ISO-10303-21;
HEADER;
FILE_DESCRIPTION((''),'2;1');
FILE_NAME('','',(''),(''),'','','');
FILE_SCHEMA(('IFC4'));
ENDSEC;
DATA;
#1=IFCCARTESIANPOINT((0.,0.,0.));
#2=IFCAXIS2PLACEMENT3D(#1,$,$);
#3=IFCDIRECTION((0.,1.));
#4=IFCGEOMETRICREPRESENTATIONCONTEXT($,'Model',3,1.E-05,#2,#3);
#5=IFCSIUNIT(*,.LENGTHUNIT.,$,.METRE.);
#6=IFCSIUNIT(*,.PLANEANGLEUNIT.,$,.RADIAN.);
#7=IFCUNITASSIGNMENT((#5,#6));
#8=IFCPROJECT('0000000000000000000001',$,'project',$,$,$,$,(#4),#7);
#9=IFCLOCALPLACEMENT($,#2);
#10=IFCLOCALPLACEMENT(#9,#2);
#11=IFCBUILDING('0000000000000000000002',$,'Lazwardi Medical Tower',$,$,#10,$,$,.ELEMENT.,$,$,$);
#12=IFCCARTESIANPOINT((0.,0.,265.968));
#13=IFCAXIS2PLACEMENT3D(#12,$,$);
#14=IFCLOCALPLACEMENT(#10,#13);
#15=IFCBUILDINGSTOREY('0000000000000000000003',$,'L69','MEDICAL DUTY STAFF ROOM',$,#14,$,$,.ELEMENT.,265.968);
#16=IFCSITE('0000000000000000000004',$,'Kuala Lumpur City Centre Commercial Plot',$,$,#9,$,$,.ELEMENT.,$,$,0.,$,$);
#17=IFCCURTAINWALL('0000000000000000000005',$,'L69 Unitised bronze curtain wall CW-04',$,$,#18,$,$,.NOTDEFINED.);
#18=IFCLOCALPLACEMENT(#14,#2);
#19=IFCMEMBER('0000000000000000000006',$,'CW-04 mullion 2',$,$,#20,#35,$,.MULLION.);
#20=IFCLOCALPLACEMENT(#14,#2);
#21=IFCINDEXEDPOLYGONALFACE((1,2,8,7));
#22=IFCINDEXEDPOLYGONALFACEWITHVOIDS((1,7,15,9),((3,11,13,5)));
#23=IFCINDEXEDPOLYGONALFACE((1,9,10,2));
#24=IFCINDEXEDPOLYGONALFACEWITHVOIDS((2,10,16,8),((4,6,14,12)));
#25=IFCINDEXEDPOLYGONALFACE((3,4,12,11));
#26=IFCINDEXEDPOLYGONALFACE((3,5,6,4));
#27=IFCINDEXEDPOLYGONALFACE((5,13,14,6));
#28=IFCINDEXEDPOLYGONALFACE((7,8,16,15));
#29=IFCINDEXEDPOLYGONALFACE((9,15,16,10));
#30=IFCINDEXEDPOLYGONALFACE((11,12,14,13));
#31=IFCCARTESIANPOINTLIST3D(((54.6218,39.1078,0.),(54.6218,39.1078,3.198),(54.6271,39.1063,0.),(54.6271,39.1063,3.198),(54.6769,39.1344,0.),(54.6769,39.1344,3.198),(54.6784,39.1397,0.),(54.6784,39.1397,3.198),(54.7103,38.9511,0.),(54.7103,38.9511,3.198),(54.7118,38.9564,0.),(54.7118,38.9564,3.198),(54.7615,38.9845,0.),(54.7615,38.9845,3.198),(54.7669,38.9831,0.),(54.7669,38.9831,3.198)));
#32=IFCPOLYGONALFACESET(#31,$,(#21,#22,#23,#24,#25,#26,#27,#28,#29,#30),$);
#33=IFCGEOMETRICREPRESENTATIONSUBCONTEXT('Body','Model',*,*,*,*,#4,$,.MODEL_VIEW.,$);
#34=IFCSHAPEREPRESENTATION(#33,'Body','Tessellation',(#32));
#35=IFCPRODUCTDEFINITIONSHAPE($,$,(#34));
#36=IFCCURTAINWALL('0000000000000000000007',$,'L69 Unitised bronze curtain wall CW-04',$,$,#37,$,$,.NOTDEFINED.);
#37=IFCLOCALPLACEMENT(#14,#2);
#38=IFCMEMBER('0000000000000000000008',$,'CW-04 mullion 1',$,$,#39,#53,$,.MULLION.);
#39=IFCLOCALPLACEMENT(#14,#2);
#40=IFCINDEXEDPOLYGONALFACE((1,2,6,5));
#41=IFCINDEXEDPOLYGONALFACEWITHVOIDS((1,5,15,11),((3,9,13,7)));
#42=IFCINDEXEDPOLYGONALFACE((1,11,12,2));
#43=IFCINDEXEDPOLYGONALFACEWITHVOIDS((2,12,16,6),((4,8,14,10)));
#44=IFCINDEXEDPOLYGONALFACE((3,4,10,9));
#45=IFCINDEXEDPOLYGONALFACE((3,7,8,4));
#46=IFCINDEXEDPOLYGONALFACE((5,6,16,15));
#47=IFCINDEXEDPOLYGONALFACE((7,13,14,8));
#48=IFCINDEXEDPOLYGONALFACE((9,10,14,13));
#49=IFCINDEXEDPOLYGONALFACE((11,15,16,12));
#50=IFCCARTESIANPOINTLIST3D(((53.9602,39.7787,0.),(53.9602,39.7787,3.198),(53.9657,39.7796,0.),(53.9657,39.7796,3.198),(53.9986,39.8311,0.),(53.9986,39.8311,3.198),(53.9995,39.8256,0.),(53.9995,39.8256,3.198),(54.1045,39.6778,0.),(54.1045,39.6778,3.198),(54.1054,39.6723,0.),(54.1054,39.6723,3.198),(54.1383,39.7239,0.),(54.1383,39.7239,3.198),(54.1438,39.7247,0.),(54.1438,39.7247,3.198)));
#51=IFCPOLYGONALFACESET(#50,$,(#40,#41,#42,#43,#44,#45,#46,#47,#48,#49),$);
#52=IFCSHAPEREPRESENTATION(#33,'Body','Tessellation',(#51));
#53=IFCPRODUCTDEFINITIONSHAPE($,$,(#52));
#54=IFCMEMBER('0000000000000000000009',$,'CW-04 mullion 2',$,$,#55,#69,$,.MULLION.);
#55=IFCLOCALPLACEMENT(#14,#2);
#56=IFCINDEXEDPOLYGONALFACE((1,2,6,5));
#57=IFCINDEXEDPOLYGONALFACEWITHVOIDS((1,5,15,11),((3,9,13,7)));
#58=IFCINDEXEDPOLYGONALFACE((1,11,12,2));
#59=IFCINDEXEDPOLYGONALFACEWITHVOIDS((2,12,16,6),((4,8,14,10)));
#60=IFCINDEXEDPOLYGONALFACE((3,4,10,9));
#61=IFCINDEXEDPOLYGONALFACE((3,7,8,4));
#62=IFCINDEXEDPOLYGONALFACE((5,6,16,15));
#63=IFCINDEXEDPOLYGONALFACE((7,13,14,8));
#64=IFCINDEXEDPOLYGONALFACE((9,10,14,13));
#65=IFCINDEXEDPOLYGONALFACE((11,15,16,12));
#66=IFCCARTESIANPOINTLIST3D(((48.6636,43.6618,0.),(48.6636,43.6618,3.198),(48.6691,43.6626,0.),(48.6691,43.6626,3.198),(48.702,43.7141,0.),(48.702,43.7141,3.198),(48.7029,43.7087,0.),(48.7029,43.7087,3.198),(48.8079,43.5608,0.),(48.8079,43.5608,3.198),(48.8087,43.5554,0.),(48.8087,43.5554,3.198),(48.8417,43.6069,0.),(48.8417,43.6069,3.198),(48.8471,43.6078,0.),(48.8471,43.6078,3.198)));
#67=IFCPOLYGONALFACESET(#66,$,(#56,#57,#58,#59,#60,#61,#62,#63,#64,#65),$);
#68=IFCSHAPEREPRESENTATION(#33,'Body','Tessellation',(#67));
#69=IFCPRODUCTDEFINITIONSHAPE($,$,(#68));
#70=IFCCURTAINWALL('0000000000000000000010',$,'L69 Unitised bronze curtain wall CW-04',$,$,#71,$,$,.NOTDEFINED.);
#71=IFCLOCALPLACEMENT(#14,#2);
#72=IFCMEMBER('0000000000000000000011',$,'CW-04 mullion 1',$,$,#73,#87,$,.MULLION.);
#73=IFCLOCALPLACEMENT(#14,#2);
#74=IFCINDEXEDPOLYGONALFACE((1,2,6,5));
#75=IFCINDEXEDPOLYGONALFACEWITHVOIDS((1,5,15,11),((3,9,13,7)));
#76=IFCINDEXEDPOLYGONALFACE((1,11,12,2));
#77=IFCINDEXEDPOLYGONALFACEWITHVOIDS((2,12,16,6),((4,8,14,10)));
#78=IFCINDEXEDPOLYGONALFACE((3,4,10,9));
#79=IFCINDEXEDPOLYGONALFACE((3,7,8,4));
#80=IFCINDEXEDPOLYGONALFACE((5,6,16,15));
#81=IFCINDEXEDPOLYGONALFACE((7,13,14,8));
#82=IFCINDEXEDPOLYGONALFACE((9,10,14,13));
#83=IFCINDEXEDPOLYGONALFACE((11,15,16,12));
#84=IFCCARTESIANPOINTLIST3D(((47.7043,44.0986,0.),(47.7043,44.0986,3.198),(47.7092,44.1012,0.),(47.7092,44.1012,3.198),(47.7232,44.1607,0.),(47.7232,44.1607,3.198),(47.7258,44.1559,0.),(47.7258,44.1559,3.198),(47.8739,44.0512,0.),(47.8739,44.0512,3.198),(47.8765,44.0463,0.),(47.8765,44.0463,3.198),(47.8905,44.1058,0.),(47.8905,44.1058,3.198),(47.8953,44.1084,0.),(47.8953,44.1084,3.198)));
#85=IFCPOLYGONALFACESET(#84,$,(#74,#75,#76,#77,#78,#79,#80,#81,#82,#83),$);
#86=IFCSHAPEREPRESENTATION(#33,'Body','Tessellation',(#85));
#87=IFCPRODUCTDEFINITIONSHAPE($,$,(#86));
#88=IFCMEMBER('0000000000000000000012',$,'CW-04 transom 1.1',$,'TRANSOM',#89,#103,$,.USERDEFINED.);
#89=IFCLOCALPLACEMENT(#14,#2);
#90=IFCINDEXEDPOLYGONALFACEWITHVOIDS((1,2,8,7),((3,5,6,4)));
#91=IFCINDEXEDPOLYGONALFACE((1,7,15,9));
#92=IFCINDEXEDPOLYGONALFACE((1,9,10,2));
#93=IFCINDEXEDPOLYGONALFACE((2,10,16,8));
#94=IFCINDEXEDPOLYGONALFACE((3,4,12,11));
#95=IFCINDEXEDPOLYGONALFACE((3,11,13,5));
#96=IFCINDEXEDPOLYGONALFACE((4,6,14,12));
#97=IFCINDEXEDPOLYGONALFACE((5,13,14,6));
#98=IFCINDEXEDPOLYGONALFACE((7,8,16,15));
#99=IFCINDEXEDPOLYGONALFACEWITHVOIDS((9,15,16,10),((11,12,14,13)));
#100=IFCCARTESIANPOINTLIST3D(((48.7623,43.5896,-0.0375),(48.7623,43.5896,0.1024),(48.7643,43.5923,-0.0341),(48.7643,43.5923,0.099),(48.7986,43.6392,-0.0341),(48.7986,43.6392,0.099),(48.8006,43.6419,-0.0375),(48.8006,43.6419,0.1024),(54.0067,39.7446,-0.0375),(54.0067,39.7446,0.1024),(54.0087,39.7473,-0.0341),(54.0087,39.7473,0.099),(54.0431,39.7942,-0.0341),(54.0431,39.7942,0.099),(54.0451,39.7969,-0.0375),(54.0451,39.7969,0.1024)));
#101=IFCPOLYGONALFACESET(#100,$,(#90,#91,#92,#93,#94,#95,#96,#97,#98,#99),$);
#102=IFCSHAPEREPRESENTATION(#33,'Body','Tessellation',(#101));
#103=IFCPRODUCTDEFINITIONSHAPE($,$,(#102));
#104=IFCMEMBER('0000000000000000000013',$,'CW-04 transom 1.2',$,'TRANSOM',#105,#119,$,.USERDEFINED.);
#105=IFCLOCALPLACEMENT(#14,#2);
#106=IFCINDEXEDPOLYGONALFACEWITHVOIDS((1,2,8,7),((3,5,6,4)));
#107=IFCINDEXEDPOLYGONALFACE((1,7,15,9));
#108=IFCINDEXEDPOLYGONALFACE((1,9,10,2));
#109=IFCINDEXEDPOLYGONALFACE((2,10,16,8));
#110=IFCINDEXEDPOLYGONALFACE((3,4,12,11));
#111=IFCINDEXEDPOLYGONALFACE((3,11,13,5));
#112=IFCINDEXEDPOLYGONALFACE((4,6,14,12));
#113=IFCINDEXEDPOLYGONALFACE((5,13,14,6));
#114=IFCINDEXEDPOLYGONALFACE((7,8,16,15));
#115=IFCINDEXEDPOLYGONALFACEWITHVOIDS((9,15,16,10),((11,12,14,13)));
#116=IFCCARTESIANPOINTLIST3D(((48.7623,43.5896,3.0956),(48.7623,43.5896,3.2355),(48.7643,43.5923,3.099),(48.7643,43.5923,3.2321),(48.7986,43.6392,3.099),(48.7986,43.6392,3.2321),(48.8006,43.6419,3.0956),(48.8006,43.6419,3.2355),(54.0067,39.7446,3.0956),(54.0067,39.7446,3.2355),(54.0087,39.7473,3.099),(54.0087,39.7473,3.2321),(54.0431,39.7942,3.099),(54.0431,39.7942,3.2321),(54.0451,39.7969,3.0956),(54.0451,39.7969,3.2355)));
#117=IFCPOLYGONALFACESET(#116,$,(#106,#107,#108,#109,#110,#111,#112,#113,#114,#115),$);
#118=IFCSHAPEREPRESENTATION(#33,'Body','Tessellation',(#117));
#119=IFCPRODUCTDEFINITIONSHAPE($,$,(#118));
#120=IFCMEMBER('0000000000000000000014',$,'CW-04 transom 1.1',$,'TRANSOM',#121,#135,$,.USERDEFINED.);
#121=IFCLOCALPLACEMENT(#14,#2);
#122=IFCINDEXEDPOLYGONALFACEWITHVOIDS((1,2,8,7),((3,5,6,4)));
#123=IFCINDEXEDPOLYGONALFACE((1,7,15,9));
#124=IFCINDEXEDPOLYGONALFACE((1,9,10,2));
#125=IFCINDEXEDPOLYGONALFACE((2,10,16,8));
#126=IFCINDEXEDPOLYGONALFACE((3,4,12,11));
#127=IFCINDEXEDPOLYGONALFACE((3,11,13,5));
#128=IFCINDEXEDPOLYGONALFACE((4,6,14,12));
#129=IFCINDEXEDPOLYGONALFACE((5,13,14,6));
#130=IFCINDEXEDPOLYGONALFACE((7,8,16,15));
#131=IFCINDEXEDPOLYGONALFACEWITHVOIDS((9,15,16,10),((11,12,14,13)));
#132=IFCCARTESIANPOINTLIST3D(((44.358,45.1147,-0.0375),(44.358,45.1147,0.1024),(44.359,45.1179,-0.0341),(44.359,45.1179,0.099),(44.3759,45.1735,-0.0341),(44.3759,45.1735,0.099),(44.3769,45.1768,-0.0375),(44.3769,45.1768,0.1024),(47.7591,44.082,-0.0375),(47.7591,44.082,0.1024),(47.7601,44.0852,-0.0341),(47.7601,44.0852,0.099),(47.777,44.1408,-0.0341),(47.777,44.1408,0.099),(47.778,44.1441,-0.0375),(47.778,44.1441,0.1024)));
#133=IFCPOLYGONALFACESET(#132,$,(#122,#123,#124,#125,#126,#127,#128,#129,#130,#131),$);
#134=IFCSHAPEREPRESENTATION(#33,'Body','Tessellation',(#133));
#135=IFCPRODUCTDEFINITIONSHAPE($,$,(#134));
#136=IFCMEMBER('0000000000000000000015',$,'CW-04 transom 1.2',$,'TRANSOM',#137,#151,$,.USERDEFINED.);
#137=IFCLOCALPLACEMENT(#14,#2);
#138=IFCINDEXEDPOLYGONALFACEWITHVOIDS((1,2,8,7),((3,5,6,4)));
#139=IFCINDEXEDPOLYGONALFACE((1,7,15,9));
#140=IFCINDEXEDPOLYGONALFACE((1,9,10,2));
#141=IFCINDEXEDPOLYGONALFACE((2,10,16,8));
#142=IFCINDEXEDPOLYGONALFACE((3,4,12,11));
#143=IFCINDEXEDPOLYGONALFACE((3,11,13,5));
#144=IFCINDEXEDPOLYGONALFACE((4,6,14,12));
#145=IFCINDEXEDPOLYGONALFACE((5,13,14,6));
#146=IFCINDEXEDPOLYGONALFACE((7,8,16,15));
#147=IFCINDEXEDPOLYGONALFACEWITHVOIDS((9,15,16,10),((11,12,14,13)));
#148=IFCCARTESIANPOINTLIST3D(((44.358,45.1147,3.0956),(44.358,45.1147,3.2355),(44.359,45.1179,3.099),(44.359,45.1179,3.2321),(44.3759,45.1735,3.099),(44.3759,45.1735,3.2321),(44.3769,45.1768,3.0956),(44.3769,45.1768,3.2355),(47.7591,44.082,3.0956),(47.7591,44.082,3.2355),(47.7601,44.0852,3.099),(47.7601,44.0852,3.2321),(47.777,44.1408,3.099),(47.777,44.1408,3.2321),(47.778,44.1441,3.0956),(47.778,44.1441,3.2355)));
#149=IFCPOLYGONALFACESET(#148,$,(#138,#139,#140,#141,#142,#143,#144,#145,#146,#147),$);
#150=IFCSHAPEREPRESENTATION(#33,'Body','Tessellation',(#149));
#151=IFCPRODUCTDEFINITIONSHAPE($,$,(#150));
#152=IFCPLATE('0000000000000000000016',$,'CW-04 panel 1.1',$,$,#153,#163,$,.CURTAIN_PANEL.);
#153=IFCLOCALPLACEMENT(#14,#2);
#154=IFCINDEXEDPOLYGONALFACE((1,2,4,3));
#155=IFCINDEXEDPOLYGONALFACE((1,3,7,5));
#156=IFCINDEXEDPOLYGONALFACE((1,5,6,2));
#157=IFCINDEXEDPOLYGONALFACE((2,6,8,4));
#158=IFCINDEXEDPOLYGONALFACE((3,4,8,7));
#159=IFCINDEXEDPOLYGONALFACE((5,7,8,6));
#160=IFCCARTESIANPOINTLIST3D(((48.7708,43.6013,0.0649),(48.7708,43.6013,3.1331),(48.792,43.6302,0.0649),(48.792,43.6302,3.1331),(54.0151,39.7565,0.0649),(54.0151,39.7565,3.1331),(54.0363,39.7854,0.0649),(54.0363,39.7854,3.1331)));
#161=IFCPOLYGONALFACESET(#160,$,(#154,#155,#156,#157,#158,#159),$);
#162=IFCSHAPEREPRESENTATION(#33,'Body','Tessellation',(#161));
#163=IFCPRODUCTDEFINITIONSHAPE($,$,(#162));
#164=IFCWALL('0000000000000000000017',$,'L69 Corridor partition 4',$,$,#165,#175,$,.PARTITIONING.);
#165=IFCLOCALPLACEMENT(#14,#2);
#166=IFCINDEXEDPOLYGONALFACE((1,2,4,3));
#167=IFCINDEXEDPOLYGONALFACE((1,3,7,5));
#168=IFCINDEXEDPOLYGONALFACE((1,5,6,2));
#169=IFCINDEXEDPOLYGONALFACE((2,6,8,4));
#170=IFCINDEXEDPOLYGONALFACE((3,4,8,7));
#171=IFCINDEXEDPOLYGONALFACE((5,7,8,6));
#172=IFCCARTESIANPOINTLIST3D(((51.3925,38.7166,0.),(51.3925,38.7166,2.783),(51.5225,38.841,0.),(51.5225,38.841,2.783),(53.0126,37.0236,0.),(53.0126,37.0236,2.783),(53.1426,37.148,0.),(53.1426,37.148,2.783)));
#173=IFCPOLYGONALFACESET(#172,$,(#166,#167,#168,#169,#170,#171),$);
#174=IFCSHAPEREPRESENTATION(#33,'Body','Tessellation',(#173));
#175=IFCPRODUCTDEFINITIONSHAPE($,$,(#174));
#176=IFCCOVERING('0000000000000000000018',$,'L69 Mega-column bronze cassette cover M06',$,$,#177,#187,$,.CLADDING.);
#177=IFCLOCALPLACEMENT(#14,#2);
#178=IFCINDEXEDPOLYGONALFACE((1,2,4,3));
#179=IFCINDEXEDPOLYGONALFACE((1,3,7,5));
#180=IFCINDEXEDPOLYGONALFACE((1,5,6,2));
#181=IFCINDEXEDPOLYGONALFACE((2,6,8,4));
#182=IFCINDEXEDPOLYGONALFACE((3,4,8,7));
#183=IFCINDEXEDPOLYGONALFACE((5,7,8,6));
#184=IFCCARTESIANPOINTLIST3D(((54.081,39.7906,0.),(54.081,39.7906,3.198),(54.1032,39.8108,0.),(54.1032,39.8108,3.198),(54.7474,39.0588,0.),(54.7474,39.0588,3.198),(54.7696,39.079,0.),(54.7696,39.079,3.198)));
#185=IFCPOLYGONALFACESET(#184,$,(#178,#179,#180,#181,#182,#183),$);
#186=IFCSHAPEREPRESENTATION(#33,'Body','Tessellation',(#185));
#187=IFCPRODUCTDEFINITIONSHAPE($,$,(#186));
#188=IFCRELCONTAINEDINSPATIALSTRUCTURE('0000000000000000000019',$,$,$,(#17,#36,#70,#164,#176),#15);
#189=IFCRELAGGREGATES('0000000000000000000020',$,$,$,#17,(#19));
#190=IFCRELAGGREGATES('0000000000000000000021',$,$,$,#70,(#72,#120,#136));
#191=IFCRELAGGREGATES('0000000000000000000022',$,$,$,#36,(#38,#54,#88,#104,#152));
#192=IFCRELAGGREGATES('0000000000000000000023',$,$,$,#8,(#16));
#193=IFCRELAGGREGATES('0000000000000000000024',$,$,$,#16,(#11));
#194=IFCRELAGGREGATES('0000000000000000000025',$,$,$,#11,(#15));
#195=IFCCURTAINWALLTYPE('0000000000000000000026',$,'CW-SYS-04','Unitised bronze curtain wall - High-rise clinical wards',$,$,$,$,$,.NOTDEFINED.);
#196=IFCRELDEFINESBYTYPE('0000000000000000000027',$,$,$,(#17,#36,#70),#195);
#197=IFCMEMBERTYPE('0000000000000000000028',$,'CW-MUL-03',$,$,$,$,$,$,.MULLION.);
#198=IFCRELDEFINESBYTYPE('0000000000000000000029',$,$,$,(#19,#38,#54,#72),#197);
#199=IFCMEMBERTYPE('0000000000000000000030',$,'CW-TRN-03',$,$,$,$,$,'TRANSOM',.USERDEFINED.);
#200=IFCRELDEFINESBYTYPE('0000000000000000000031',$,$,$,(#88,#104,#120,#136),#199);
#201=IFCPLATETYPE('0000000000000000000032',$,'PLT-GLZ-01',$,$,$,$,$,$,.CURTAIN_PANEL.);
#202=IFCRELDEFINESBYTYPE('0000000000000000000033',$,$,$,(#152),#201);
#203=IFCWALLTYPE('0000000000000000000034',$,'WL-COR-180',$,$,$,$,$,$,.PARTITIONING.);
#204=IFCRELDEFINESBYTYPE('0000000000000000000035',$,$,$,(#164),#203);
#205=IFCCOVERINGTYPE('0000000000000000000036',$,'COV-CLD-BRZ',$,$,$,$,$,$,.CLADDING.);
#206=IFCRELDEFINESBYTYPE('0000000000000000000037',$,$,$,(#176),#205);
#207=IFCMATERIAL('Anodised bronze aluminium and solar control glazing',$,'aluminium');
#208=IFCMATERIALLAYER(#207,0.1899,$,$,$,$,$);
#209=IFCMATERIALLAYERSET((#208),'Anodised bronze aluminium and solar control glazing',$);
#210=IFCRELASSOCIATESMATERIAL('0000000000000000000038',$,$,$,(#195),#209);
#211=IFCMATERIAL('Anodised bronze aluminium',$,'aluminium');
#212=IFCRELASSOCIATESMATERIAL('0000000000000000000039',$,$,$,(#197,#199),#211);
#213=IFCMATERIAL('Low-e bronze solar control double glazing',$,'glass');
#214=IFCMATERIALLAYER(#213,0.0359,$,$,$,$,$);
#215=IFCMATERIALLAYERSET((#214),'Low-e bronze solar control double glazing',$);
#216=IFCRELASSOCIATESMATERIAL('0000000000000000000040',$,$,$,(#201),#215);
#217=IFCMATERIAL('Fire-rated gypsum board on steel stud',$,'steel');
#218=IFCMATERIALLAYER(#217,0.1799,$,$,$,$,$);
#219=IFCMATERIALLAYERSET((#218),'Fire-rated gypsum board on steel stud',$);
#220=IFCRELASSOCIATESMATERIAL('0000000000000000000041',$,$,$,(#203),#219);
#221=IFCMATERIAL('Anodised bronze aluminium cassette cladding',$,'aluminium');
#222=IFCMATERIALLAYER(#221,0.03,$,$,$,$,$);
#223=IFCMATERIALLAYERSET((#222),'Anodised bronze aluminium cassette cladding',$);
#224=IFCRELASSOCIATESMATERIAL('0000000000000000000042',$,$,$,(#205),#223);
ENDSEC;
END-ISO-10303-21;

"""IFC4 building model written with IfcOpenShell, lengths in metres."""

from ifc_helpers import new_model, si_unit, direction, frame, frame_2d, origin, origin_2d, place, context, subcontext, project, spatial, rectangle, hollow_rectangle, extrude, material, layer, layer_set, material_profile, profile_set, type_object, element, aggregate, save


model = new_model("IFC4")

# Units and contexts
model_context = context("Model", 3, precision=1e-05, world=origin(), true_north=direction((0.0, 1.0)))
body_context = subcontext(model_context, "Body", "Model", "MODEL_VIEW")
ifc_project = project(units=[si_unit("LENGTHUNIT", "METRE"), si_unit("PLANEANGLEUNIT", "RADIAN")], contexts=[model_context])

# Site, building, storey
site_placement = place(None, origin())
site = spatial("IfcSite", under=ifc_project, at=site_placement, Name="Kuala Lumpur City Centre Commercial Plot", CompositionType="ELEMENT", RefElevation=0.0)
building_placement = place(site_placement, origin())
building = spatial("IfcBuilding", under=site, at=building_placement, Name="Lazwardi Medical Tower", CompositionType="ELEMENT")
storey_placement = place(building_placement, frame((0.0, 0.0, 265.968)))
storey = spatial("IfcBuildingStorey", under=building, at=storey_placement, Name="L69", Description="MEDICAL DUTY STAFF ROOM", CompositionType="ELEMENT", Elevation=265.968)

# Curtain wall, member
ifc_material_1 = material(Name="Anodised bronze aluminium and solar control glazing", Category="aluminium")
ifc_layer_1 = layer(ifc_material_1, 0.1899)
ifc_layer_set_1 = layer_set([ifc_layer_1], Name="Anodised bronze aluminium and solar control glazing")
curtain_wall_type = type_object("IfcCurtainWallType", Name="CW-SYS-04", Description="Unitised bronze curtain wall - High-rise clinical wards", PredefinedType="NOTDEFINED", material=ifc_layer_set_1)
curtain_wall_1_placement = place(storey_placement, origin())
curtain_wall_1 = element("IfcCurtainWall", 1, at=curtain_wall_1_placement, inside=storey, type_object=curtain_wall_type, Name="L69 Unitised bronze curtain wall CW-04", PredefinedType="NOTDEFINED")
ifc_material_2 = material(Name="Anodised bronze aluminium", Category="aluminium")
ifc_material_profile_1 = material_profile(ifc_material_2, hollow_rectangle(XDim=0.0649, YDim=0.1799, WallThickness=0.0039, at=origin_2d()), Name="ALU-MULLION 180x65x4")
ifc_profile_set_1 = profile_set([ifc_material_profile_1], Name="Anodised bronze aluminium")
member_type_1 = type_object("IfcMemberType", Name="CW-MUL-03", PredefinedType="MULLION", material=ifc_profile_set_1)
member_1_placement = place(storey_placement, frame((54.6943, 39.0454, 0.0), z_axis=(0.0, 0.0, 1.0), x_axis=(-0.870651, -0.4919, 0.0)))
member_1 = element("IfcMember", 2, at=member_1_placement, type_object=member_type_1, Name="CW-04 mullion 2", PredefinedType="MULLION", context=body_context, shape_type="SweptSolid", body=[
    extrude(hollow_rectangle(XDim=0.0649, YDim=0.1799, WallThickness=0.0039, at=origin_2d()), origin(), (0.0, 0.0, 1.0), 3.198),
])
aggregate(curtain_wall_1, [member_1])

# Curtain wall, members
curtain_wall_2_placement = place(storey_placement, origin())
curtain_wall_2 = element("IfcCurtainWall", 3, at=curtain_wall_2_placement, inside=storey, type_object=curtain_wall_type, Name="L69 Unitised bronze curtain wall CW-04", PredefinedType="NOTDEFINED")
member_2_placement = place(storey_placement, frame((54.052, 39.7517, 0.0), z_axis=(0.0, 0.0, 1.0), x_axis=(-0.591268, -0.806475, 0.0)))
member_2 = element("IfcMember", 4, at=member_2_placement, type_object=member_type_1, Name="CW-04 mullion 1", PredefinedType="MULLION", context=body_context, shape_type="SweptSolid", body=[
    extrude(hollow_rectangle(XDim=0.0649, YDim=0.1799, WallThickness=0.0039, at=origin_2d()), origin(), (0.0, 0.0, 1.0), 3.198),
])
member_3_placement = place(storey_placement, frame((48.7554, 43.6348, 0.0), z_axis=(0.0, 0.0, 1.0), x_axis=(-0.591268, -0.806475, 0.0)))
member_3 = element("IfcMember", 5, at=member_3_placement, type_object=member_type_1, Name="CW-04 mullion 2", PredefinedType="MULLION", context=body_context, shape_type="SweptSolid", body=[
    extrude(hollow_rectangle(XDim=0.0649, YDim=0.1799, WallThickness=0.0039, at=origin_2d()), origin(), (0.0, 0.0, 1.0), 3.198),
])

# Curtain wall, member
curtain_wall_3_placement = place(storey_placement, origin())
curtain_wall_3 = element("IfcCurtainWall", 6, at=curtain_wall_3_placement, inside=storey, type_object=curtain_wall_type, Name="L69 Unitised bronze curtain wall CW-04", PredefinedType="NOTDEFINED")
member_4_placement = place(storey_placement, frame((47.7998, 44.1035, 0.0), z_axis=(0.0, 0.0, 1.0), x_axis=(-0.290582, -0.95685, 0.0)))
member_4 = element("IfcMember", 7, at=member_4_placement, type_object=member_type_1, Name="CW-04 mullion 1", PredefinedType="MULLION", context=body_context, shape_type="SweptSolid", body=[
    extrude(hollow_rectangle(XDim=0.0649, YDim=0.1799, WallThickness=0.0039, at=origin_2d()), origin(), (0.0, 0.0, 1.0), 3.198),
])

# Members
ifc_material_profile_2 = material_profile(ifc_material_2, hollow_rectangle(XDim=0.0649, YDim=0.1399, WallThickness=0.0034, at=origin_2d()), Name="ALU-TRANSOM 140x65x3.5")
ifc_profile_set_2 = profile_set([ifc_material_profile_2], Name="Anodised bronze aluminium")
member_type_2 = type_object("IfcMemberType", Name="CW-TRN-03", ElementType="TRANSOM", PredefinedType="USERDEFINED", material=ifc_profile_set_2)
member_5_placement = place(storey_placement, frame((54.0259, 39.7708, 0.0325), z_axis=(-0.806472, 0.591273, 0.0), x_axis=(-0.591273, -0.806472, 0.0)))
member_5 = element("IfcMember", 8, at=member_5_placement, type_object=member_type_2, Name="CW-04 transom 1.1", ObjectType="TRANSOM", PredefinedType="USERDEFINED", context=body_context, shape_type="SweptSolid", body=[
    extrude(hollow_rectangle(XDim=0.0649, YDim=0.1399, WallThickness=0.0034, at=origin_2d()), origin(), (0.0, 0.0, 1.0), 6.5029),
])
member_6_placement = place(storey_placement, frame((54.0259, 39.7708, 3.1655), z_axis=(-0.806472, 0.591273, 0.0), x_axis=(-0.591273, -0.806472, 0.0)))
member_6 = element("IfcMember", 9, at=member_6_placement, type_object=member_type_2, Name="CW-04 transom 1.2", ObjectType="TRANSOM", PredefinedType="USERDEFINED", context=body_context, shape_type="SweptSolid", body=[
    extrude(hollow_rectangle(XDim=0.0649, YDim=0.1399, WallThickness=0.0034, at=origin_2d()), origin(), (0.0, 0.0, 1.0), 6.5029),
])
member_7_placement = place(storey_placement, frame((47.7686, 44.113, 0.0325), z_axis=(-0.956863, 0.290541, 0.0), x_axis=(-0.290541, -0.956863, 0.0)))
member_7 = element("IfcMember", 10, at=member_7_placement, type_object=member_type_2, Name="CW-04 transom 1.1", ObjectType="TRANSOM", PredefinedType="USERDEFINED", context=body_context, shape_type="SweptSolid", body=[
    extrude(hollow_rectangle(XDim=0.0649, YDim=0.1399, WallThickness=0.0034, at=origin_2d()), origin(), (0.0, 0.0, 1.0), 3.5544),
])
member_8_placement = place(storey_placement, frame((47.7686, 44.113, 3.1655), z_axis=(-0.956863, 0.290541, 0.0), x_axis=(-0.290541, -0.956863, 0.0)))
member_8 = element("IfcMember", 11, at=member_8_placement, type_object=member_type_2, Name="CW-04 transom 1.2", ObjectType="TRANSOM", PredefinedType="USERDEFINED", context=body_context, shape_type="SweptSolid", body=[
    extrude(hollow_rectangle(XDim=0.0649, YDim=0.1399, WallThickness=0.0034, at=origin_2d()), origin(), (0.0, 0.0, 1.0), 3.5544),
])
aggregate(curtain_wall_3, [member_4, member_7, member_8])

# Plate
ifc_material_3 = material(Name="Low-e bronze solar control double glazing", Category="glass")
ifc_layer_2 = layer(ifc_material_3, 0.0359)
ifc_layer_set_2 = layer_set([ifc_layer_2], Name="Low-e bronze solar control double glazing")
plate_type = type_object("IfcPlateType", Name="PLT-GLZ-01", PredefinedType="CURTAIN_PANEL", material=ifc_layer_set_2)
plate_placement = place(storey_placement, frame((51.4036, 41.6934, 0.0649), z_axis=(0.0, 0.0, 1.0), x_axis=(-0.806475, 0.591268, 0.0)))
plate = element("IfcPlate", 12, at=plate_placement, type_object=plate_type, Name="CW-04 panel 1.1", PredefinedType="CURTAIN_PANEL", context=body_context, shape_type="SweptSolid", body=[
    extrude(rectangle(XDim=6.5027, YDim=0.0359, at=origin_2d()), origin(), (0.0, 0.0, 1.0), 3.0681),
])
aggregate(curtain_wall_2, [member_2, member_3, member_5, member_6, plate])

# Wall
ifc_material_4 = material(Name="Fire-rated gypsum board on steel stud", Category="steel")
ifc_layer_3 = layer(ifc_material_4, 0.1799)
ifc_layer_set_3 = layer_set([ifc_layer_3], Name="Fire-rated gypsum board on steel stud")
wall_type = type_object("IfcWallType", Name="WL-COR-180", PredefinedType="PARTITIONING", material=ifc_layer_set_3)
wall_placement = place(storey_placement, frame((51.4575, 38.7788, 0.0), z_axis=(0.0, 0.0, 1.0), x_axis=(0.69136, -0.722511, 0.0)))
element("IfcWall", 13, at=wall_placement, inside=storey, type_object=wall_type, Name="L69 Corridor partition 4", PredefinedType="PARTITIONING", context=body_context, shape_type="SweptSolid", body=[
    extrude(rectangle(XDim=2.3433, YDim=0.1799, at=frame_2d((1.1716, 0.0))), origin(), (0.0, 0.0, 1.0), 2.783),
])

# Covering
ifc_material_5 = material(Name="Anodised bronze aluminium cassette cladding", Category="aluminium")
ifc_layer_4 = layer(ifc_material_5, 0.03)
ifc_layer_set_4 = layer_set([ifc_layer_4], Name="Anodised bronze aluminium cassette cladding")
covering_type = type_object("IfcCoveringType", Name="COV-CLD-BRZ", PredefinedType="CLADDING", material=ifc_layer_set_4)
covering_1_placement = place(storey_placement, frame((54.4253, 39.4348, 0.0), z_axis=(0.0, 0.0, 1.0), x_axis=(-0.673241, 0.739423, 0.0)))
element("IfcCovering", 14, at=covering_1_placement, inside=storey, type_object=covering_type, Name="L69 Mega-column bronze cassette cover M06", PredefinedType="CLADDING", context=body_context, shape_type="SweptSolid", body=[
    extrude(rectangle(XDim=0.9897, YDim=0.03, at=origin_2d()), origin(), (0.0, 0.0, 1.0), 3.198),
])

save(model, "model.ifc")
